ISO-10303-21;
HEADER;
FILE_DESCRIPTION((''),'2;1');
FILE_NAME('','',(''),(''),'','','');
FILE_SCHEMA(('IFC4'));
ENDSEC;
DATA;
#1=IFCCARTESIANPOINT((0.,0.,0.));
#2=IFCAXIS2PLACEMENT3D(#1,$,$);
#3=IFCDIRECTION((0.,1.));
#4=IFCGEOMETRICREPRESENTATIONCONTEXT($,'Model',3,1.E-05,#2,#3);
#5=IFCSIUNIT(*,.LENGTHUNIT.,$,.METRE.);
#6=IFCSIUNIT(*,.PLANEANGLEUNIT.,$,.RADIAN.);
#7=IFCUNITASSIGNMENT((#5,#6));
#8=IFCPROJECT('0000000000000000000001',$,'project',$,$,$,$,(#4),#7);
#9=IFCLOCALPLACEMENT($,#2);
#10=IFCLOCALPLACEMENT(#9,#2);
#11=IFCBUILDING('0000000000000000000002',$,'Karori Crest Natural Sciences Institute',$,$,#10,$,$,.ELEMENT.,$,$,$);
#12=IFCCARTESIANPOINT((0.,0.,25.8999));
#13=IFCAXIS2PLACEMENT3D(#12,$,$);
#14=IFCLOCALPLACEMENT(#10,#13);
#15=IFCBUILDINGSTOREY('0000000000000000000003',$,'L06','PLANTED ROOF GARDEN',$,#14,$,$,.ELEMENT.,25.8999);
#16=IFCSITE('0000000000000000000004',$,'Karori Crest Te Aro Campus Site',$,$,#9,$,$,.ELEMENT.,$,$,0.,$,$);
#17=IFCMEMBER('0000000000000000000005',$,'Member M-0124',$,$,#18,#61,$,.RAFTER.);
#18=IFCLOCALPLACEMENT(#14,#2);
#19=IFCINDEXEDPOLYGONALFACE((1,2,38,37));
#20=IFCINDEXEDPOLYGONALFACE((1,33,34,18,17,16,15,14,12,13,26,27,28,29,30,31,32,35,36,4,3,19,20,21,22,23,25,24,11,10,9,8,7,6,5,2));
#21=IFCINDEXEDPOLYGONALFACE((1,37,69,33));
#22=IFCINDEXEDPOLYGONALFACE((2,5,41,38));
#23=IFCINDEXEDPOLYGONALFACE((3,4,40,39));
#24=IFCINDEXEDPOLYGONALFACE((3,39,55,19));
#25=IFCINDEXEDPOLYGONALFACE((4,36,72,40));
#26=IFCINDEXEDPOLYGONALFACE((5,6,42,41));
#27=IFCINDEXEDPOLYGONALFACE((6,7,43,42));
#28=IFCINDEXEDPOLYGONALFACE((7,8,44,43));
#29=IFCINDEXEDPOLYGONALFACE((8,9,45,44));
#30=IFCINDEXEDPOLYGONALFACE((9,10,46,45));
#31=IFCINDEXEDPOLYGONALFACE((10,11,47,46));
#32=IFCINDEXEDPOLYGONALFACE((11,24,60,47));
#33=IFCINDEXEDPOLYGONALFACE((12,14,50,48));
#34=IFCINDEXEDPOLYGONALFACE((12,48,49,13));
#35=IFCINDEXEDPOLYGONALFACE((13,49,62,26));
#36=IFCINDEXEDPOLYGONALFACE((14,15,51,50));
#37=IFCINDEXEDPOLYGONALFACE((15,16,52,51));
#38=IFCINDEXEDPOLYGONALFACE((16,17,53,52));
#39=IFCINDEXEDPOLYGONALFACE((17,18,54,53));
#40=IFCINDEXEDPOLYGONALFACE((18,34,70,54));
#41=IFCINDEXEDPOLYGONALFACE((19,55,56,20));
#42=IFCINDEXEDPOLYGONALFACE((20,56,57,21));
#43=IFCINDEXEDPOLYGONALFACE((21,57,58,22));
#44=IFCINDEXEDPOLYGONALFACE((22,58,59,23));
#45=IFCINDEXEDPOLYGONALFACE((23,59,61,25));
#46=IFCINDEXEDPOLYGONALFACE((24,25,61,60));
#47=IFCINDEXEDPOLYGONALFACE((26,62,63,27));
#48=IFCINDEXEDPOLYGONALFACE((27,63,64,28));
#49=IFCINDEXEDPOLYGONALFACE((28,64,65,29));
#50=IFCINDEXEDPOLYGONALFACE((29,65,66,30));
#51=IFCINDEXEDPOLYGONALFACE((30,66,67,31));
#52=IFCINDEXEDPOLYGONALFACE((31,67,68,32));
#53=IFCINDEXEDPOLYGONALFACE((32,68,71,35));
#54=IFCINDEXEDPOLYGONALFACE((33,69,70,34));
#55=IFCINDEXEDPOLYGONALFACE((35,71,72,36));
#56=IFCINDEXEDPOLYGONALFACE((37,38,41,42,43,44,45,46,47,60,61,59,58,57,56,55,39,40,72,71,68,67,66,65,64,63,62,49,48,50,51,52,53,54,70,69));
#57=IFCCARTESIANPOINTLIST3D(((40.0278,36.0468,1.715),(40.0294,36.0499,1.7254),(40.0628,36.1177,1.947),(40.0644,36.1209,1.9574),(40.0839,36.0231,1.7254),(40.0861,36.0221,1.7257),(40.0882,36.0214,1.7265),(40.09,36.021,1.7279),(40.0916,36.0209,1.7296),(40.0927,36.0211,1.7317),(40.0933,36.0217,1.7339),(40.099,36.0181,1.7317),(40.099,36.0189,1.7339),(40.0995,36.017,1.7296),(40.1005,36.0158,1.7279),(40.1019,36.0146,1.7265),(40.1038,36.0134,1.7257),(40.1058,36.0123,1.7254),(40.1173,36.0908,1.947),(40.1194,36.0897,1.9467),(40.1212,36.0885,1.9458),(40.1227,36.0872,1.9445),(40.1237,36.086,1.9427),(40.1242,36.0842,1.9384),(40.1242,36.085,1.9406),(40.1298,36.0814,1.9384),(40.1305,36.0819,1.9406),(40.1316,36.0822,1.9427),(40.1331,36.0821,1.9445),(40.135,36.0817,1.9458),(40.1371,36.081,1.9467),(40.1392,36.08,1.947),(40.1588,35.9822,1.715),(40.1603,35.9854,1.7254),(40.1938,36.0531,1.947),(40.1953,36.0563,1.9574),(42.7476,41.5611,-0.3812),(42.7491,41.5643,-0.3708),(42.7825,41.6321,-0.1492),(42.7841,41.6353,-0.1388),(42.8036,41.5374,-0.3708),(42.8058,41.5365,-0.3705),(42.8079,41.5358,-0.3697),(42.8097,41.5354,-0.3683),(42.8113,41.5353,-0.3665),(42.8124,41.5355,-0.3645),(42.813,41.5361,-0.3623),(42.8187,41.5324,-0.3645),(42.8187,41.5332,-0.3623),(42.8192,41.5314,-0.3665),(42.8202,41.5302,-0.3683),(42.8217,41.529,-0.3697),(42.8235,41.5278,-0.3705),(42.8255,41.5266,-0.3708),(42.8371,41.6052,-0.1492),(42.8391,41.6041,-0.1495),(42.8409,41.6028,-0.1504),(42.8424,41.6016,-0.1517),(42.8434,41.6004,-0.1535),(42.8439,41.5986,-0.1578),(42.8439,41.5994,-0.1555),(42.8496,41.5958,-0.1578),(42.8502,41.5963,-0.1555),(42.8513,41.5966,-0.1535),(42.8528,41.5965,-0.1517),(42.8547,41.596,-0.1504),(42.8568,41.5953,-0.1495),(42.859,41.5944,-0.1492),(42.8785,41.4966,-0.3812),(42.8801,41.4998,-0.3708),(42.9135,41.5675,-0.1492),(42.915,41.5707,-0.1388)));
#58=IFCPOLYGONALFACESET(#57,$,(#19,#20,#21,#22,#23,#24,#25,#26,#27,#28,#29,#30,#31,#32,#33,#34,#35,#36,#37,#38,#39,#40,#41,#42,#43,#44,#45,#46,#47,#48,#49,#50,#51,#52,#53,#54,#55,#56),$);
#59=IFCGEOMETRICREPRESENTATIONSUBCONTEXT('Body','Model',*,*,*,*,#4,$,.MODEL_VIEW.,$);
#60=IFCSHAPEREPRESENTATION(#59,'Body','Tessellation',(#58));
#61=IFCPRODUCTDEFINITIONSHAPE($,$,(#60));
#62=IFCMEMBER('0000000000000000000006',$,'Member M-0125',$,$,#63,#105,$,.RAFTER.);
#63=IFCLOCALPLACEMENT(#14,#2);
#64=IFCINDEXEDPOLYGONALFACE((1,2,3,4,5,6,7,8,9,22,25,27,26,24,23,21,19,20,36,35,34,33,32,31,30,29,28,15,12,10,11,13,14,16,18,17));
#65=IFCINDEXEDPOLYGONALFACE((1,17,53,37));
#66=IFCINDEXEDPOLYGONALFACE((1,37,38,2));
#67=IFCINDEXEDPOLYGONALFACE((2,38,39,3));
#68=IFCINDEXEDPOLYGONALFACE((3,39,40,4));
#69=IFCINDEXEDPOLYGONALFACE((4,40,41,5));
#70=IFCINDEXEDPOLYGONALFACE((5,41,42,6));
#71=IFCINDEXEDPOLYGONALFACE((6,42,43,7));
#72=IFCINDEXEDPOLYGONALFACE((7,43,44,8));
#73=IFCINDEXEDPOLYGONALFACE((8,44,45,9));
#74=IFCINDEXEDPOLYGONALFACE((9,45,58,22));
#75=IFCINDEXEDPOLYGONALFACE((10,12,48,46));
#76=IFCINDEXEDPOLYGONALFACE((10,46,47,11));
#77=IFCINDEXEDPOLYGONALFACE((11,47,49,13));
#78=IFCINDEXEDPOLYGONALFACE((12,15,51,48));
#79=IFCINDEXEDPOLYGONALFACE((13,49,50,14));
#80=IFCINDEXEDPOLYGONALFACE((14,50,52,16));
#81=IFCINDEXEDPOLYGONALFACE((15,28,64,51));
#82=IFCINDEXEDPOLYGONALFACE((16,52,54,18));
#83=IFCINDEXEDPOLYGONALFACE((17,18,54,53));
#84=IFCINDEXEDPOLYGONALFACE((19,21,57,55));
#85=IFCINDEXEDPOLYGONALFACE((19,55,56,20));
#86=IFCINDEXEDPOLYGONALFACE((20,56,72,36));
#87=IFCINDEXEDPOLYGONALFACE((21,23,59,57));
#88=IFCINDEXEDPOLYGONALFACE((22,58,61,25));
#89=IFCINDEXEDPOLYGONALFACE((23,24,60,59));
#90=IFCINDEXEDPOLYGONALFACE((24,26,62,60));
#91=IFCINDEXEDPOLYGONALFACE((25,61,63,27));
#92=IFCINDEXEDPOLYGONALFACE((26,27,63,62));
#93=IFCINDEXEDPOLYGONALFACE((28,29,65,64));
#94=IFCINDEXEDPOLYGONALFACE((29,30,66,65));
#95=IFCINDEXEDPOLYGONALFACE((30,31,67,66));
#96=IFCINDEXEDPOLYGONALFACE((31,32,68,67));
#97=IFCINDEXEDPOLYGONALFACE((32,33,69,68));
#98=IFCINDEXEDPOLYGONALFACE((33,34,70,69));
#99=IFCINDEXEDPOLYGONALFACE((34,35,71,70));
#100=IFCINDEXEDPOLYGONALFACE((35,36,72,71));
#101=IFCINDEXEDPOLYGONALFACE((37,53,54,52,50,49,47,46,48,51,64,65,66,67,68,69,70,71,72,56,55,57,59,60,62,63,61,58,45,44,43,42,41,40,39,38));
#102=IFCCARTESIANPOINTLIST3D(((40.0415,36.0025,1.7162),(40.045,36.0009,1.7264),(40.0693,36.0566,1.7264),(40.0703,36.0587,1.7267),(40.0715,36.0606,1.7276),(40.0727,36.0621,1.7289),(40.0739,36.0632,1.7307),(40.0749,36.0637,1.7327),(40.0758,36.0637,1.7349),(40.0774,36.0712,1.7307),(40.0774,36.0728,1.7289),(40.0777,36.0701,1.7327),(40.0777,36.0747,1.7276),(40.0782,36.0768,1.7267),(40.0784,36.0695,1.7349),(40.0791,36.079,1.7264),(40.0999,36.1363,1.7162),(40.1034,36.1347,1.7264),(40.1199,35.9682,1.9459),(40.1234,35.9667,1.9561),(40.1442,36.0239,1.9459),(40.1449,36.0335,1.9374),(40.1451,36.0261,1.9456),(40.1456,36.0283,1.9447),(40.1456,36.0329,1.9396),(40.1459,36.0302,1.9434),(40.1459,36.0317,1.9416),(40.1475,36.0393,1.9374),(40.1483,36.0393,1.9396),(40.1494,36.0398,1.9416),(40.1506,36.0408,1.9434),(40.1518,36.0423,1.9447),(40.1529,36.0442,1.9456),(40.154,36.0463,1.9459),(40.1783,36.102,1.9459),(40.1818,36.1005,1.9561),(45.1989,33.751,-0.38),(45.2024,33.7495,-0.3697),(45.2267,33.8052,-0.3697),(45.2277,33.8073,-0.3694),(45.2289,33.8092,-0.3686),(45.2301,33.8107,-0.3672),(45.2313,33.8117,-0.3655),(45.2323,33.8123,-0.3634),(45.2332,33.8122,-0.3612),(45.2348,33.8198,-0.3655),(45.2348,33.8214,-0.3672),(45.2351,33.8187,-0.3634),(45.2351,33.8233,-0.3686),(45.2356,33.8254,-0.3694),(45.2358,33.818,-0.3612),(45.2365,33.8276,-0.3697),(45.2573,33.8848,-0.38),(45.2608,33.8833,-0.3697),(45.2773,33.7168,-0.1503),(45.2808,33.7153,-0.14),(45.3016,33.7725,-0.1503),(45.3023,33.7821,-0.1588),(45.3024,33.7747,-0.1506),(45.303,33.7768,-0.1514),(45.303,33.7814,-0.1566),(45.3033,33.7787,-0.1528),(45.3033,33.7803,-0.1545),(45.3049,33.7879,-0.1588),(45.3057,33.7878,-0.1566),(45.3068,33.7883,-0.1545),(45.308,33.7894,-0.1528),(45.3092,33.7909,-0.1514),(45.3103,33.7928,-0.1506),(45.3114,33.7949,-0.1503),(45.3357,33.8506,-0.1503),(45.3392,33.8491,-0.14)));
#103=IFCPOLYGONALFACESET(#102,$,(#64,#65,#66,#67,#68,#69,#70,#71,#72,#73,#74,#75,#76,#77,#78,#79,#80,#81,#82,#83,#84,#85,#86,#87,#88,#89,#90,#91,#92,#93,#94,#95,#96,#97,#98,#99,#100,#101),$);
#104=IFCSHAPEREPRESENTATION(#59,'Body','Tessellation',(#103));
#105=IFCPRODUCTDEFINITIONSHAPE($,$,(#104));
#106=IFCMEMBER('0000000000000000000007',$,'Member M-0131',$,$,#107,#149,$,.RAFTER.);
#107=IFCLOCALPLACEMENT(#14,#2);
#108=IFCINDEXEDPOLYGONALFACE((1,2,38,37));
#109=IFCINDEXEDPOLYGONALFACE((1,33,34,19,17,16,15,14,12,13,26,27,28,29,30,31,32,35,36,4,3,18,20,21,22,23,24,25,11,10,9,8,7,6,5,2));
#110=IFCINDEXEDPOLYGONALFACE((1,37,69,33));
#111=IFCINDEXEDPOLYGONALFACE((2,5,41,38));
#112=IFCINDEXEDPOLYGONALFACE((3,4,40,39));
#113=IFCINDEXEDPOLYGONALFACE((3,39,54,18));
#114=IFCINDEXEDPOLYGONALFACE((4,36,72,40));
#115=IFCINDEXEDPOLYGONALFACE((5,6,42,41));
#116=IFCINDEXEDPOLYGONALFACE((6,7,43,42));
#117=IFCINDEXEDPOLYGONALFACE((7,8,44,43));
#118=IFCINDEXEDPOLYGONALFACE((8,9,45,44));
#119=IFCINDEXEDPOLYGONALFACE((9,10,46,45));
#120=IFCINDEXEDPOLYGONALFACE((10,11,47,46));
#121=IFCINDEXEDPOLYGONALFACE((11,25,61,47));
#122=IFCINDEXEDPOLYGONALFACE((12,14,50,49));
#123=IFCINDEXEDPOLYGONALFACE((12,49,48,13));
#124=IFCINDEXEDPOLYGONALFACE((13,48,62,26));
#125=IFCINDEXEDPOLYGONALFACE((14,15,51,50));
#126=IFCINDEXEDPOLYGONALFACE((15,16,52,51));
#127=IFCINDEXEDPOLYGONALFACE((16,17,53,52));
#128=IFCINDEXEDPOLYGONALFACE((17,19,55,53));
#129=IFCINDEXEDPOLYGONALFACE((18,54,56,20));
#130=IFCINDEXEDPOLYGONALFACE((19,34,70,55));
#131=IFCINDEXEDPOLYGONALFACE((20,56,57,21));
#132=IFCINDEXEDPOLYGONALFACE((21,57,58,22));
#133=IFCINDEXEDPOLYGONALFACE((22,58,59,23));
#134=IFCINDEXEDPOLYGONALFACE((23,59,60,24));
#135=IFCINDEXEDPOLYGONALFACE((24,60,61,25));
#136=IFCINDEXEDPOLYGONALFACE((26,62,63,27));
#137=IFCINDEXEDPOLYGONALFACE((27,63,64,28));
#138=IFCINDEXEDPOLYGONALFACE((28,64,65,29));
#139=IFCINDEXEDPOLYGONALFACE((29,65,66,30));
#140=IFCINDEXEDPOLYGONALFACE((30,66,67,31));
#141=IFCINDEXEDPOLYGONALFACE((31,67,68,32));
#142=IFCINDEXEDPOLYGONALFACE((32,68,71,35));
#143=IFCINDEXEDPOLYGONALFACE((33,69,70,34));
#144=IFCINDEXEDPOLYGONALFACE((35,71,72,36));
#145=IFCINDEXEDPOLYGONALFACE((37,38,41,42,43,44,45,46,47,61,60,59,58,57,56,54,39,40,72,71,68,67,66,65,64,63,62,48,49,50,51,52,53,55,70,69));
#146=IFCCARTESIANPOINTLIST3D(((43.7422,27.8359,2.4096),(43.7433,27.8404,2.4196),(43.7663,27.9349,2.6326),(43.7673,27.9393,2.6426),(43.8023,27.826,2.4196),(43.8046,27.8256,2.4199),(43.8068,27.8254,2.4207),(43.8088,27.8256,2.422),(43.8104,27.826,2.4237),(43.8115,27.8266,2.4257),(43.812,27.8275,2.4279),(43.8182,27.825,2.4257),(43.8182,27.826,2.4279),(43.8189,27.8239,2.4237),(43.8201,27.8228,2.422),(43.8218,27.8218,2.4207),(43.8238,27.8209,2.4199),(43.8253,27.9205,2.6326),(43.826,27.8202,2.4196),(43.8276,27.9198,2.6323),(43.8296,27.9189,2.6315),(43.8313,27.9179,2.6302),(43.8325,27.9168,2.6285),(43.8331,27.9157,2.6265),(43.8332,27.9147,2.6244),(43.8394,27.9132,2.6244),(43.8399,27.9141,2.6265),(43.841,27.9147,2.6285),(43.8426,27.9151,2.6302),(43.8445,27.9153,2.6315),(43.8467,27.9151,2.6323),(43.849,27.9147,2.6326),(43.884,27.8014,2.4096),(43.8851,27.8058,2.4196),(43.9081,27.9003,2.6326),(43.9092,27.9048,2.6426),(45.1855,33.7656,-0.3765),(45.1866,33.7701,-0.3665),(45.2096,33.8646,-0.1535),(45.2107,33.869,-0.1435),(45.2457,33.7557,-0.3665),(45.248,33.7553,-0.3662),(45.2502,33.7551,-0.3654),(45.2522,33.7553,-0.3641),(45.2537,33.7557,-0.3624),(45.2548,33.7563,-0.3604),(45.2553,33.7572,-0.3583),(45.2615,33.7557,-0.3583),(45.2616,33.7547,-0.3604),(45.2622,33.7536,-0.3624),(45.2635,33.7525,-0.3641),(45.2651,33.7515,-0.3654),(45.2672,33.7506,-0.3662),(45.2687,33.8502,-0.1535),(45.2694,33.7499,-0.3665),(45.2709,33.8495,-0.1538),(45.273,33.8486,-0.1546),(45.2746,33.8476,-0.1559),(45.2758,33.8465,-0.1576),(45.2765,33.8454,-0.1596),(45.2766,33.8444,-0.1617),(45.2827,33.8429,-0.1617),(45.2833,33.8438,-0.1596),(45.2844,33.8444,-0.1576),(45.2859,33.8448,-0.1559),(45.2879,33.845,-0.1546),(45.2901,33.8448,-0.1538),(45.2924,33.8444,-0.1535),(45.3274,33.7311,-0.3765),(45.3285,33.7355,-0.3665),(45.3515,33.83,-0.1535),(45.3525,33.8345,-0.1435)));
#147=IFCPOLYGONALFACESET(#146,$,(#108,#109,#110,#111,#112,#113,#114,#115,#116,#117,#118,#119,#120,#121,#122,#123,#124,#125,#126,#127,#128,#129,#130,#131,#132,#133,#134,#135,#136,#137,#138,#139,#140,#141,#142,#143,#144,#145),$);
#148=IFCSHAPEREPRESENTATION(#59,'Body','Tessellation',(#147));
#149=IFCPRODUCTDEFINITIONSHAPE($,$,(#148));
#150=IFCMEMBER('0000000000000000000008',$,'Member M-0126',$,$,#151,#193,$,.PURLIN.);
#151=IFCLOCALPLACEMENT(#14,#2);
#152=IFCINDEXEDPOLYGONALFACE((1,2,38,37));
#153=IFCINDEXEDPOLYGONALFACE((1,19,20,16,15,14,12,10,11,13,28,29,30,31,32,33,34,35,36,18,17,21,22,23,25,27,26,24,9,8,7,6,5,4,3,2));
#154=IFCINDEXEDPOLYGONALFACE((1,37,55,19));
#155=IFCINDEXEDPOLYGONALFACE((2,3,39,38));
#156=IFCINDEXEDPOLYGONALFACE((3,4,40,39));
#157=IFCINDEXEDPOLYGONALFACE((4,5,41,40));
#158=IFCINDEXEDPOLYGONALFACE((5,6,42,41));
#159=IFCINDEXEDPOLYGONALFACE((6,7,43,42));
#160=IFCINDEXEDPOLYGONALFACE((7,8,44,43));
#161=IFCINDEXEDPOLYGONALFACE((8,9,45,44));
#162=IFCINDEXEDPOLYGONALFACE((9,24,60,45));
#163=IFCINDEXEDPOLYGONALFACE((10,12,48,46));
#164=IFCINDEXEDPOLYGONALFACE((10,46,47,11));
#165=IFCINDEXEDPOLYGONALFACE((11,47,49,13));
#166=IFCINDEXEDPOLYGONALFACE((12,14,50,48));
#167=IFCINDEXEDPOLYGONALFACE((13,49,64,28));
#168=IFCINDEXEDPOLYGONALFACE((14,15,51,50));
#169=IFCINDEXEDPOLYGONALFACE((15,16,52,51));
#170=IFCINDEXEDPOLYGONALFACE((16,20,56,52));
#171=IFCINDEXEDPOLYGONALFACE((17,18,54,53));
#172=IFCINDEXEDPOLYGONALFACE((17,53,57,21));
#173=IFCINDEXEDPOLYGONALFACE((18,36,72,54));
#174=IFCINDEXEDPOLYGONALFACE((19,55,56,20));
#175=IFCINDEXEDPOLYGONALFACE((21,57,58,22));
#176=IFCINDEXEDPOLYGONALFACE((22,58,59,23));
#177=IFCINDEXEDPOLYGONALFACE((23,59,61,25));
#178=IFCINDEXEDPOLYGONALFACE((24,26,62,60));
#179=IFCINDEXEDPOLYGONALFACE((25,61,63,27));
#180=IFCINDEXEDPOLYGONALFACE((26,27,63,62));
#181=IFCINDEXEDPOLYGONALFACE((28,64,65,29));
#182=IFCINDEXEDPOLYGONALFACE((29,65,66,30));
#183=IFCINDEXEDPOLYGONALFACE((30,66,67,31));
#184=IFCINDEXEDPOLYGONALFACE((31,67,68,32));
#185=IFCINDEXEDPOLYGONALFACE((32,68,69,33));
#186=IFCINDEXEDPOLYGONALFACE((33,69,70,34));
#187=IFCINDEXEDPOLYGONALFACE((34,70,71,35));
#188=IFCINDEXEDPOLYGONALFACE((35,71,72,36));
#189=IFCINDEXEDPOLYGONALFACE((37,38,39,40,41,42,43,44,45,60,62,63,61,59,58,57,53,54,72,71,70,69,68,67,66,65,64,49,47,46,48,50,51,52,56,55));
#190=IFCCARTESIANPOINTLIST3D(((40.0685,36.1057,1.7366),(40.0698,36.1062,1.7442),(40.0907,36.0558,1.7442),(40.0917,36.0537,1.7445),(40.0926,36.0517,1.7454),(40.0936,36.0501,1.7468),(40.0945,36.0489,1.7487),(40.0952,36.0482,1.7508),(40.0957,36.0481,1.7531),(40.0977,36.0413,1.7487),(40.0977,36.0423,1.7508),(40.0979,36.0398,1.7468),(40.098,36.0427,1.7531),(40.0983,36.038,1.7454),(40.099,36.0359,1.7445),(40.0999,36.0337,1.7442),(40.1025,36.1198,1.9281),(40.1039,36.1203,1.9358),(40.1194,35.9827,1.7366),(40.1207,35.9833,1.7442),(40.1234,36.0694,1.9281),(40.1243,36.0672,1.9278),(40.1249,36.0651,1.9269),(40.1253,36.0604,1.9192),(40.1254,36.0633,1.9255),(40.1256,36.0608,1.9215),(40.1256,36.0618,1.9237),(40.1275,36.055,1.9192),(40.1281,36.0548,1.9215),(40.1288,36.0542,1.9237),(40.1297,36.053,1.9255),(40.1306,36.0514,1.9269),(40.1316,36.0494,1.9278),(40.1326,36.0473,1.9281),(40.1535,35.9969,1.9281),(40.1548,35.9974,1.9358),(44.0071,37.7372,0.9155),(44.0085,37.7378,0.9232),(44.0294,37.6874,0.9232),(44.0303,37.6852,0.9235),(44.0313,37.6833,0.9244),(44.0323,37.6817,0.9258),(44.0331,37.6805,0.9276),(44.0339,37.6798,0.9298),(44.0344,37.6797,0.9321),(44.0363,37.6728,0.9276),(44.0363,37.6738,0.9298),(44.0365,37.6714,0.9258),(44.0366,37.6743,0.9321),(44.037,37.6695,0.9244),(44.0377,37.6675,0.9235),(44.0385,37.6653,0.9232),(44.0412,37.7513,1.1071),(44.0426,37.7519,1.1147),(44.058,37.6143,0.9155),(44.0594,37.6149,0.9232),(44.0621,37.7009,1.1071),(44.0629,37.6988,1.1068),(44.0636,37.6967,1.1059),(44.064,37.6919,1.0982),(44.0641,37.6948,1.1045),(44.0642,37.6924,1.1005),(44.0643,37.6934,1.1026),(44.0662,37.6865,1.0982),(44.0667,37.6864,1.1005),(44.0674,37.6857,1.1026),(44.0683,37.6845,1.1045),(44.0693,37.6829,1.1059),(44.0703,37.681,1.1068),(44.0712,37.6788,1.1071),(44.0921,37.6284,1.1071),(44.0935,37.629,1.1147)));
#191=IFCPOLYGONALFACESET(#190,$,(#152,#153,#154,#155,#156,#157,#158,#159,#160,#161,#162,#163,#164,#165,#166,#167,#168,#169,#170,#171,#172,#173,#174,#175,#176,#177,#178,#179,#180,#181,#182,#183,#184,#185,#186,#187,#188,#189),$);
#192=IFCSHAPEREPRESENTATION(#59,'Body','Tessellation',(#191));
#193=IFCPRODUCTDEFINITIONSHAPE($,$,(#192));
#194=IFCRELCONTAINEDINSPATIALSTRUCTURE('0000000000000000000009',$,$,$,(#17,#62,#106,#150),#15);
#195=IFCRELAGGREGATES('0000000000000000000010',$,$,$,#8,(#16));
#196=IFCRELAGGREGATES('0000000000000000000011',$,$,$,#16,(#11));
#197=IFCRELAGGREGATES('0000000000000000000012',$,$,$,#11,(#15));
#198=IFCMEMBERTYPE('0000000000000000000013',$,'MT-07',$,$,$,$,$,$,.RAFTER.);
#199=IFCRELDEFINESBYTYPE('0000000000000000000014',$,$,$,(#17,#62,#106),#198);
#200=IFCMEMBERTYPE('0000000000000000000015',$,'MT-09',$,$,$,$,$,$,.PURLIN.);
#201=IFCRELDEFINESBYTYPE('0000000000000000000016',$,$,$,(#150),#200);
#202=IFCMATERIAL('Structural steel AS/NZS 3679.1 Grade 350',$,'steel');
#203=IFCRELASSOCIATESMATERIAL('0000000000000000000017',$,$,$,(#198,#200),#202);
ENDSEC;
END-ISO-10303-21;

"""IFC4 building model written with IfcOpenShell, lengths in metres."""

from ifc_helpers import new_model, si_unit, direction, frame, origin, origin_2d, place, context, subcontext, project, spatial, i_section, extrude, material, material_profile, profile_set, type_object, element, save


model = new_model("IFC4")

# Units and contexts
model_context = context("Model", 3, precision=1e-05, world=origin(), true_north=direction((0.0, 1.0)))
body_context = subcontext(model_context, "Body", "Model", "MODEL_VIEW")
ifc_project = project(units=[si_unit("LENGTHUNIT", "METRE"), si_unit("PLANEANGLEUNIT", "RADIAN")], contexts=[model_context])

# Site, building, storey
site_placement = place(None, origin())
site = spatial("IfcSite", under=ifc_project, at=site_placement, Name="Karori Crest Te Aro Campus Site", CompositionType="ELEMENT", RefElevation=0.0)
building_placement = place(site_placement, origin())
building = spatial("IfcBuilding", under=site, at=building_placement, Name="Karori Crest Natural Sciences Institute", CompositionType="ELEMENT")
storey_placement = place(building_placement, frame((0.0, 0.0, 25.8999)))
storey = spatial("IfcBuildingStorey", under=building, at=storey_placement, Name="L06", Description="PLANTED ROOF GARDEN", CompositionType="ELEMENT", Elevation=25.8999)

# Members
ifc_material_1 = material(Name="Structural steel AS/NZS 3679.1 Grade 350", Category="steel")
ifc_material_profile_1 = material_profile(ifc_material_1, i_section(OverallWidth=0.146, OverallDepth=0.2561, WebThickness=0.0063, FlangeThickness=0.011, FilletRadius=0.009, at=origin_2d()), Name="250UB37.3")
ifc_profile_set_1 = profile_set([ifc_material_profile_1], Name="Structural steel AS/NZS 3679.1 Grade 350")
member_type_1 = type_object("IfcMemberType", Name="MT-07", PredefinedType="RAFTER", material=ifc_profile_set_1)
member_1_placement = place(storey_placement, frame((42.8313, 41.5659, -0.26), z_axis=(-0.418669, -0.848876, 0.322684), x_axis=(0.896852, -0.442331, 0.0)))
element("IfcMember", 1, at=member_1_placement, inside=storey, type_object=member_type_1, Name="Member M-0124", PredefinedType="RAFTER", context=body_context, shape_type="SweptSolid", body=[
    extrude(i_section(OverallWidth=0.146, OverallDepth=0.2561, WebThickness=0.0063, FlangeThickness=0.011, FilletRadius=0.009, at=origin_2d()), origin(), (0.0, 0.0, 1.0), 6.4961),
])
member_2_placement = place(storey_placement, frame((45.269, 33.8, -0.26), z_axis=(-0.858832, 0.374918, 0.349062), x_axis=(-0.400084, -0.916479, 0.0)))
element("IfcMember", 2, at=member_2_placement, inside=storey, type_object=member_type_1, Name="Member M-0125", PredefinedType="RAFTER", context=body_context, shape_type="SweptSolid", body=[
    extrude(i_section(OverallWidth=0.146, OverallDepth=0.2561, WebThickness=0.0063, FlangeThickness=0.011, FilletRadius=0.009, at=origin_2d()), origin(), (0.0, 0.0, 1.0), 6.0051),
])
member_3_placement = place(storey_placement, frame((45.269, 33.8, -0.26), z_axis=(-0.215147, -0.883877, 0.4153), x_axis=(0.97163, -0.236507, 0.0)))
element("IfcMember", 3, at=member_3_placement, inside=storey, type_object=member_type_1, Name="Member M-0131", PredefinedType="RAFTER", context=body_context, shape_type="SweptSolid", body=[
    extrude(i_section(OverallWidth=0.146, OverallDepth=0.2561, WebThickness=0.0063, FlangeThickness=0.011, FilletRadius=0.009, at=origin_2d()), origin(), (0.0, 0.0, 1.0), 6.7087),
])
ifc_material_profile_2 = material_profile(ifc_material_1, i_section(OverallWidth=0.1331, OverallDepth=0.2029, WebThickness=0.0059, FlangeThickness=0.0078, FilletRadius=0.009, at=origin_2d()), Name="200UB25.4")
ifc_profile_set_2 = profile_set([ifc_material_profile_2], Name="Structural steel AS/NZS 3679.1 Grade 350")
member_type_2 = type_object("IfcMemberType", Name="MT-09", PredefinedType="PURLIN", material=ifc_profile_set_2)
member_4_placement = place(storey_placement, frame((44.0503, 37.6831, 1.0151), z_axis=(-0.907199, -0.375802, 0.18911), x_axis=(0.382708, -0.92387, 0.0)))
element("IfcMember", 4, at=member_4_placement, inside=storey, type_object=member_type_2, Name="Member M-0126", PredefinedType="PURLIN", context=body_context, shape_type="SweptSolid", body=[
    extrude(i_section(OverallWidth=0.1331, OverallDepth=0.2029, WebThickness=0.0059, FlangeThickness=0.0078, FilletRadius=0.009, at=origin_2d()), origin(), (0.0, 0.0, 1.0), 4.3416),
])

save(model, "model.ifc")
